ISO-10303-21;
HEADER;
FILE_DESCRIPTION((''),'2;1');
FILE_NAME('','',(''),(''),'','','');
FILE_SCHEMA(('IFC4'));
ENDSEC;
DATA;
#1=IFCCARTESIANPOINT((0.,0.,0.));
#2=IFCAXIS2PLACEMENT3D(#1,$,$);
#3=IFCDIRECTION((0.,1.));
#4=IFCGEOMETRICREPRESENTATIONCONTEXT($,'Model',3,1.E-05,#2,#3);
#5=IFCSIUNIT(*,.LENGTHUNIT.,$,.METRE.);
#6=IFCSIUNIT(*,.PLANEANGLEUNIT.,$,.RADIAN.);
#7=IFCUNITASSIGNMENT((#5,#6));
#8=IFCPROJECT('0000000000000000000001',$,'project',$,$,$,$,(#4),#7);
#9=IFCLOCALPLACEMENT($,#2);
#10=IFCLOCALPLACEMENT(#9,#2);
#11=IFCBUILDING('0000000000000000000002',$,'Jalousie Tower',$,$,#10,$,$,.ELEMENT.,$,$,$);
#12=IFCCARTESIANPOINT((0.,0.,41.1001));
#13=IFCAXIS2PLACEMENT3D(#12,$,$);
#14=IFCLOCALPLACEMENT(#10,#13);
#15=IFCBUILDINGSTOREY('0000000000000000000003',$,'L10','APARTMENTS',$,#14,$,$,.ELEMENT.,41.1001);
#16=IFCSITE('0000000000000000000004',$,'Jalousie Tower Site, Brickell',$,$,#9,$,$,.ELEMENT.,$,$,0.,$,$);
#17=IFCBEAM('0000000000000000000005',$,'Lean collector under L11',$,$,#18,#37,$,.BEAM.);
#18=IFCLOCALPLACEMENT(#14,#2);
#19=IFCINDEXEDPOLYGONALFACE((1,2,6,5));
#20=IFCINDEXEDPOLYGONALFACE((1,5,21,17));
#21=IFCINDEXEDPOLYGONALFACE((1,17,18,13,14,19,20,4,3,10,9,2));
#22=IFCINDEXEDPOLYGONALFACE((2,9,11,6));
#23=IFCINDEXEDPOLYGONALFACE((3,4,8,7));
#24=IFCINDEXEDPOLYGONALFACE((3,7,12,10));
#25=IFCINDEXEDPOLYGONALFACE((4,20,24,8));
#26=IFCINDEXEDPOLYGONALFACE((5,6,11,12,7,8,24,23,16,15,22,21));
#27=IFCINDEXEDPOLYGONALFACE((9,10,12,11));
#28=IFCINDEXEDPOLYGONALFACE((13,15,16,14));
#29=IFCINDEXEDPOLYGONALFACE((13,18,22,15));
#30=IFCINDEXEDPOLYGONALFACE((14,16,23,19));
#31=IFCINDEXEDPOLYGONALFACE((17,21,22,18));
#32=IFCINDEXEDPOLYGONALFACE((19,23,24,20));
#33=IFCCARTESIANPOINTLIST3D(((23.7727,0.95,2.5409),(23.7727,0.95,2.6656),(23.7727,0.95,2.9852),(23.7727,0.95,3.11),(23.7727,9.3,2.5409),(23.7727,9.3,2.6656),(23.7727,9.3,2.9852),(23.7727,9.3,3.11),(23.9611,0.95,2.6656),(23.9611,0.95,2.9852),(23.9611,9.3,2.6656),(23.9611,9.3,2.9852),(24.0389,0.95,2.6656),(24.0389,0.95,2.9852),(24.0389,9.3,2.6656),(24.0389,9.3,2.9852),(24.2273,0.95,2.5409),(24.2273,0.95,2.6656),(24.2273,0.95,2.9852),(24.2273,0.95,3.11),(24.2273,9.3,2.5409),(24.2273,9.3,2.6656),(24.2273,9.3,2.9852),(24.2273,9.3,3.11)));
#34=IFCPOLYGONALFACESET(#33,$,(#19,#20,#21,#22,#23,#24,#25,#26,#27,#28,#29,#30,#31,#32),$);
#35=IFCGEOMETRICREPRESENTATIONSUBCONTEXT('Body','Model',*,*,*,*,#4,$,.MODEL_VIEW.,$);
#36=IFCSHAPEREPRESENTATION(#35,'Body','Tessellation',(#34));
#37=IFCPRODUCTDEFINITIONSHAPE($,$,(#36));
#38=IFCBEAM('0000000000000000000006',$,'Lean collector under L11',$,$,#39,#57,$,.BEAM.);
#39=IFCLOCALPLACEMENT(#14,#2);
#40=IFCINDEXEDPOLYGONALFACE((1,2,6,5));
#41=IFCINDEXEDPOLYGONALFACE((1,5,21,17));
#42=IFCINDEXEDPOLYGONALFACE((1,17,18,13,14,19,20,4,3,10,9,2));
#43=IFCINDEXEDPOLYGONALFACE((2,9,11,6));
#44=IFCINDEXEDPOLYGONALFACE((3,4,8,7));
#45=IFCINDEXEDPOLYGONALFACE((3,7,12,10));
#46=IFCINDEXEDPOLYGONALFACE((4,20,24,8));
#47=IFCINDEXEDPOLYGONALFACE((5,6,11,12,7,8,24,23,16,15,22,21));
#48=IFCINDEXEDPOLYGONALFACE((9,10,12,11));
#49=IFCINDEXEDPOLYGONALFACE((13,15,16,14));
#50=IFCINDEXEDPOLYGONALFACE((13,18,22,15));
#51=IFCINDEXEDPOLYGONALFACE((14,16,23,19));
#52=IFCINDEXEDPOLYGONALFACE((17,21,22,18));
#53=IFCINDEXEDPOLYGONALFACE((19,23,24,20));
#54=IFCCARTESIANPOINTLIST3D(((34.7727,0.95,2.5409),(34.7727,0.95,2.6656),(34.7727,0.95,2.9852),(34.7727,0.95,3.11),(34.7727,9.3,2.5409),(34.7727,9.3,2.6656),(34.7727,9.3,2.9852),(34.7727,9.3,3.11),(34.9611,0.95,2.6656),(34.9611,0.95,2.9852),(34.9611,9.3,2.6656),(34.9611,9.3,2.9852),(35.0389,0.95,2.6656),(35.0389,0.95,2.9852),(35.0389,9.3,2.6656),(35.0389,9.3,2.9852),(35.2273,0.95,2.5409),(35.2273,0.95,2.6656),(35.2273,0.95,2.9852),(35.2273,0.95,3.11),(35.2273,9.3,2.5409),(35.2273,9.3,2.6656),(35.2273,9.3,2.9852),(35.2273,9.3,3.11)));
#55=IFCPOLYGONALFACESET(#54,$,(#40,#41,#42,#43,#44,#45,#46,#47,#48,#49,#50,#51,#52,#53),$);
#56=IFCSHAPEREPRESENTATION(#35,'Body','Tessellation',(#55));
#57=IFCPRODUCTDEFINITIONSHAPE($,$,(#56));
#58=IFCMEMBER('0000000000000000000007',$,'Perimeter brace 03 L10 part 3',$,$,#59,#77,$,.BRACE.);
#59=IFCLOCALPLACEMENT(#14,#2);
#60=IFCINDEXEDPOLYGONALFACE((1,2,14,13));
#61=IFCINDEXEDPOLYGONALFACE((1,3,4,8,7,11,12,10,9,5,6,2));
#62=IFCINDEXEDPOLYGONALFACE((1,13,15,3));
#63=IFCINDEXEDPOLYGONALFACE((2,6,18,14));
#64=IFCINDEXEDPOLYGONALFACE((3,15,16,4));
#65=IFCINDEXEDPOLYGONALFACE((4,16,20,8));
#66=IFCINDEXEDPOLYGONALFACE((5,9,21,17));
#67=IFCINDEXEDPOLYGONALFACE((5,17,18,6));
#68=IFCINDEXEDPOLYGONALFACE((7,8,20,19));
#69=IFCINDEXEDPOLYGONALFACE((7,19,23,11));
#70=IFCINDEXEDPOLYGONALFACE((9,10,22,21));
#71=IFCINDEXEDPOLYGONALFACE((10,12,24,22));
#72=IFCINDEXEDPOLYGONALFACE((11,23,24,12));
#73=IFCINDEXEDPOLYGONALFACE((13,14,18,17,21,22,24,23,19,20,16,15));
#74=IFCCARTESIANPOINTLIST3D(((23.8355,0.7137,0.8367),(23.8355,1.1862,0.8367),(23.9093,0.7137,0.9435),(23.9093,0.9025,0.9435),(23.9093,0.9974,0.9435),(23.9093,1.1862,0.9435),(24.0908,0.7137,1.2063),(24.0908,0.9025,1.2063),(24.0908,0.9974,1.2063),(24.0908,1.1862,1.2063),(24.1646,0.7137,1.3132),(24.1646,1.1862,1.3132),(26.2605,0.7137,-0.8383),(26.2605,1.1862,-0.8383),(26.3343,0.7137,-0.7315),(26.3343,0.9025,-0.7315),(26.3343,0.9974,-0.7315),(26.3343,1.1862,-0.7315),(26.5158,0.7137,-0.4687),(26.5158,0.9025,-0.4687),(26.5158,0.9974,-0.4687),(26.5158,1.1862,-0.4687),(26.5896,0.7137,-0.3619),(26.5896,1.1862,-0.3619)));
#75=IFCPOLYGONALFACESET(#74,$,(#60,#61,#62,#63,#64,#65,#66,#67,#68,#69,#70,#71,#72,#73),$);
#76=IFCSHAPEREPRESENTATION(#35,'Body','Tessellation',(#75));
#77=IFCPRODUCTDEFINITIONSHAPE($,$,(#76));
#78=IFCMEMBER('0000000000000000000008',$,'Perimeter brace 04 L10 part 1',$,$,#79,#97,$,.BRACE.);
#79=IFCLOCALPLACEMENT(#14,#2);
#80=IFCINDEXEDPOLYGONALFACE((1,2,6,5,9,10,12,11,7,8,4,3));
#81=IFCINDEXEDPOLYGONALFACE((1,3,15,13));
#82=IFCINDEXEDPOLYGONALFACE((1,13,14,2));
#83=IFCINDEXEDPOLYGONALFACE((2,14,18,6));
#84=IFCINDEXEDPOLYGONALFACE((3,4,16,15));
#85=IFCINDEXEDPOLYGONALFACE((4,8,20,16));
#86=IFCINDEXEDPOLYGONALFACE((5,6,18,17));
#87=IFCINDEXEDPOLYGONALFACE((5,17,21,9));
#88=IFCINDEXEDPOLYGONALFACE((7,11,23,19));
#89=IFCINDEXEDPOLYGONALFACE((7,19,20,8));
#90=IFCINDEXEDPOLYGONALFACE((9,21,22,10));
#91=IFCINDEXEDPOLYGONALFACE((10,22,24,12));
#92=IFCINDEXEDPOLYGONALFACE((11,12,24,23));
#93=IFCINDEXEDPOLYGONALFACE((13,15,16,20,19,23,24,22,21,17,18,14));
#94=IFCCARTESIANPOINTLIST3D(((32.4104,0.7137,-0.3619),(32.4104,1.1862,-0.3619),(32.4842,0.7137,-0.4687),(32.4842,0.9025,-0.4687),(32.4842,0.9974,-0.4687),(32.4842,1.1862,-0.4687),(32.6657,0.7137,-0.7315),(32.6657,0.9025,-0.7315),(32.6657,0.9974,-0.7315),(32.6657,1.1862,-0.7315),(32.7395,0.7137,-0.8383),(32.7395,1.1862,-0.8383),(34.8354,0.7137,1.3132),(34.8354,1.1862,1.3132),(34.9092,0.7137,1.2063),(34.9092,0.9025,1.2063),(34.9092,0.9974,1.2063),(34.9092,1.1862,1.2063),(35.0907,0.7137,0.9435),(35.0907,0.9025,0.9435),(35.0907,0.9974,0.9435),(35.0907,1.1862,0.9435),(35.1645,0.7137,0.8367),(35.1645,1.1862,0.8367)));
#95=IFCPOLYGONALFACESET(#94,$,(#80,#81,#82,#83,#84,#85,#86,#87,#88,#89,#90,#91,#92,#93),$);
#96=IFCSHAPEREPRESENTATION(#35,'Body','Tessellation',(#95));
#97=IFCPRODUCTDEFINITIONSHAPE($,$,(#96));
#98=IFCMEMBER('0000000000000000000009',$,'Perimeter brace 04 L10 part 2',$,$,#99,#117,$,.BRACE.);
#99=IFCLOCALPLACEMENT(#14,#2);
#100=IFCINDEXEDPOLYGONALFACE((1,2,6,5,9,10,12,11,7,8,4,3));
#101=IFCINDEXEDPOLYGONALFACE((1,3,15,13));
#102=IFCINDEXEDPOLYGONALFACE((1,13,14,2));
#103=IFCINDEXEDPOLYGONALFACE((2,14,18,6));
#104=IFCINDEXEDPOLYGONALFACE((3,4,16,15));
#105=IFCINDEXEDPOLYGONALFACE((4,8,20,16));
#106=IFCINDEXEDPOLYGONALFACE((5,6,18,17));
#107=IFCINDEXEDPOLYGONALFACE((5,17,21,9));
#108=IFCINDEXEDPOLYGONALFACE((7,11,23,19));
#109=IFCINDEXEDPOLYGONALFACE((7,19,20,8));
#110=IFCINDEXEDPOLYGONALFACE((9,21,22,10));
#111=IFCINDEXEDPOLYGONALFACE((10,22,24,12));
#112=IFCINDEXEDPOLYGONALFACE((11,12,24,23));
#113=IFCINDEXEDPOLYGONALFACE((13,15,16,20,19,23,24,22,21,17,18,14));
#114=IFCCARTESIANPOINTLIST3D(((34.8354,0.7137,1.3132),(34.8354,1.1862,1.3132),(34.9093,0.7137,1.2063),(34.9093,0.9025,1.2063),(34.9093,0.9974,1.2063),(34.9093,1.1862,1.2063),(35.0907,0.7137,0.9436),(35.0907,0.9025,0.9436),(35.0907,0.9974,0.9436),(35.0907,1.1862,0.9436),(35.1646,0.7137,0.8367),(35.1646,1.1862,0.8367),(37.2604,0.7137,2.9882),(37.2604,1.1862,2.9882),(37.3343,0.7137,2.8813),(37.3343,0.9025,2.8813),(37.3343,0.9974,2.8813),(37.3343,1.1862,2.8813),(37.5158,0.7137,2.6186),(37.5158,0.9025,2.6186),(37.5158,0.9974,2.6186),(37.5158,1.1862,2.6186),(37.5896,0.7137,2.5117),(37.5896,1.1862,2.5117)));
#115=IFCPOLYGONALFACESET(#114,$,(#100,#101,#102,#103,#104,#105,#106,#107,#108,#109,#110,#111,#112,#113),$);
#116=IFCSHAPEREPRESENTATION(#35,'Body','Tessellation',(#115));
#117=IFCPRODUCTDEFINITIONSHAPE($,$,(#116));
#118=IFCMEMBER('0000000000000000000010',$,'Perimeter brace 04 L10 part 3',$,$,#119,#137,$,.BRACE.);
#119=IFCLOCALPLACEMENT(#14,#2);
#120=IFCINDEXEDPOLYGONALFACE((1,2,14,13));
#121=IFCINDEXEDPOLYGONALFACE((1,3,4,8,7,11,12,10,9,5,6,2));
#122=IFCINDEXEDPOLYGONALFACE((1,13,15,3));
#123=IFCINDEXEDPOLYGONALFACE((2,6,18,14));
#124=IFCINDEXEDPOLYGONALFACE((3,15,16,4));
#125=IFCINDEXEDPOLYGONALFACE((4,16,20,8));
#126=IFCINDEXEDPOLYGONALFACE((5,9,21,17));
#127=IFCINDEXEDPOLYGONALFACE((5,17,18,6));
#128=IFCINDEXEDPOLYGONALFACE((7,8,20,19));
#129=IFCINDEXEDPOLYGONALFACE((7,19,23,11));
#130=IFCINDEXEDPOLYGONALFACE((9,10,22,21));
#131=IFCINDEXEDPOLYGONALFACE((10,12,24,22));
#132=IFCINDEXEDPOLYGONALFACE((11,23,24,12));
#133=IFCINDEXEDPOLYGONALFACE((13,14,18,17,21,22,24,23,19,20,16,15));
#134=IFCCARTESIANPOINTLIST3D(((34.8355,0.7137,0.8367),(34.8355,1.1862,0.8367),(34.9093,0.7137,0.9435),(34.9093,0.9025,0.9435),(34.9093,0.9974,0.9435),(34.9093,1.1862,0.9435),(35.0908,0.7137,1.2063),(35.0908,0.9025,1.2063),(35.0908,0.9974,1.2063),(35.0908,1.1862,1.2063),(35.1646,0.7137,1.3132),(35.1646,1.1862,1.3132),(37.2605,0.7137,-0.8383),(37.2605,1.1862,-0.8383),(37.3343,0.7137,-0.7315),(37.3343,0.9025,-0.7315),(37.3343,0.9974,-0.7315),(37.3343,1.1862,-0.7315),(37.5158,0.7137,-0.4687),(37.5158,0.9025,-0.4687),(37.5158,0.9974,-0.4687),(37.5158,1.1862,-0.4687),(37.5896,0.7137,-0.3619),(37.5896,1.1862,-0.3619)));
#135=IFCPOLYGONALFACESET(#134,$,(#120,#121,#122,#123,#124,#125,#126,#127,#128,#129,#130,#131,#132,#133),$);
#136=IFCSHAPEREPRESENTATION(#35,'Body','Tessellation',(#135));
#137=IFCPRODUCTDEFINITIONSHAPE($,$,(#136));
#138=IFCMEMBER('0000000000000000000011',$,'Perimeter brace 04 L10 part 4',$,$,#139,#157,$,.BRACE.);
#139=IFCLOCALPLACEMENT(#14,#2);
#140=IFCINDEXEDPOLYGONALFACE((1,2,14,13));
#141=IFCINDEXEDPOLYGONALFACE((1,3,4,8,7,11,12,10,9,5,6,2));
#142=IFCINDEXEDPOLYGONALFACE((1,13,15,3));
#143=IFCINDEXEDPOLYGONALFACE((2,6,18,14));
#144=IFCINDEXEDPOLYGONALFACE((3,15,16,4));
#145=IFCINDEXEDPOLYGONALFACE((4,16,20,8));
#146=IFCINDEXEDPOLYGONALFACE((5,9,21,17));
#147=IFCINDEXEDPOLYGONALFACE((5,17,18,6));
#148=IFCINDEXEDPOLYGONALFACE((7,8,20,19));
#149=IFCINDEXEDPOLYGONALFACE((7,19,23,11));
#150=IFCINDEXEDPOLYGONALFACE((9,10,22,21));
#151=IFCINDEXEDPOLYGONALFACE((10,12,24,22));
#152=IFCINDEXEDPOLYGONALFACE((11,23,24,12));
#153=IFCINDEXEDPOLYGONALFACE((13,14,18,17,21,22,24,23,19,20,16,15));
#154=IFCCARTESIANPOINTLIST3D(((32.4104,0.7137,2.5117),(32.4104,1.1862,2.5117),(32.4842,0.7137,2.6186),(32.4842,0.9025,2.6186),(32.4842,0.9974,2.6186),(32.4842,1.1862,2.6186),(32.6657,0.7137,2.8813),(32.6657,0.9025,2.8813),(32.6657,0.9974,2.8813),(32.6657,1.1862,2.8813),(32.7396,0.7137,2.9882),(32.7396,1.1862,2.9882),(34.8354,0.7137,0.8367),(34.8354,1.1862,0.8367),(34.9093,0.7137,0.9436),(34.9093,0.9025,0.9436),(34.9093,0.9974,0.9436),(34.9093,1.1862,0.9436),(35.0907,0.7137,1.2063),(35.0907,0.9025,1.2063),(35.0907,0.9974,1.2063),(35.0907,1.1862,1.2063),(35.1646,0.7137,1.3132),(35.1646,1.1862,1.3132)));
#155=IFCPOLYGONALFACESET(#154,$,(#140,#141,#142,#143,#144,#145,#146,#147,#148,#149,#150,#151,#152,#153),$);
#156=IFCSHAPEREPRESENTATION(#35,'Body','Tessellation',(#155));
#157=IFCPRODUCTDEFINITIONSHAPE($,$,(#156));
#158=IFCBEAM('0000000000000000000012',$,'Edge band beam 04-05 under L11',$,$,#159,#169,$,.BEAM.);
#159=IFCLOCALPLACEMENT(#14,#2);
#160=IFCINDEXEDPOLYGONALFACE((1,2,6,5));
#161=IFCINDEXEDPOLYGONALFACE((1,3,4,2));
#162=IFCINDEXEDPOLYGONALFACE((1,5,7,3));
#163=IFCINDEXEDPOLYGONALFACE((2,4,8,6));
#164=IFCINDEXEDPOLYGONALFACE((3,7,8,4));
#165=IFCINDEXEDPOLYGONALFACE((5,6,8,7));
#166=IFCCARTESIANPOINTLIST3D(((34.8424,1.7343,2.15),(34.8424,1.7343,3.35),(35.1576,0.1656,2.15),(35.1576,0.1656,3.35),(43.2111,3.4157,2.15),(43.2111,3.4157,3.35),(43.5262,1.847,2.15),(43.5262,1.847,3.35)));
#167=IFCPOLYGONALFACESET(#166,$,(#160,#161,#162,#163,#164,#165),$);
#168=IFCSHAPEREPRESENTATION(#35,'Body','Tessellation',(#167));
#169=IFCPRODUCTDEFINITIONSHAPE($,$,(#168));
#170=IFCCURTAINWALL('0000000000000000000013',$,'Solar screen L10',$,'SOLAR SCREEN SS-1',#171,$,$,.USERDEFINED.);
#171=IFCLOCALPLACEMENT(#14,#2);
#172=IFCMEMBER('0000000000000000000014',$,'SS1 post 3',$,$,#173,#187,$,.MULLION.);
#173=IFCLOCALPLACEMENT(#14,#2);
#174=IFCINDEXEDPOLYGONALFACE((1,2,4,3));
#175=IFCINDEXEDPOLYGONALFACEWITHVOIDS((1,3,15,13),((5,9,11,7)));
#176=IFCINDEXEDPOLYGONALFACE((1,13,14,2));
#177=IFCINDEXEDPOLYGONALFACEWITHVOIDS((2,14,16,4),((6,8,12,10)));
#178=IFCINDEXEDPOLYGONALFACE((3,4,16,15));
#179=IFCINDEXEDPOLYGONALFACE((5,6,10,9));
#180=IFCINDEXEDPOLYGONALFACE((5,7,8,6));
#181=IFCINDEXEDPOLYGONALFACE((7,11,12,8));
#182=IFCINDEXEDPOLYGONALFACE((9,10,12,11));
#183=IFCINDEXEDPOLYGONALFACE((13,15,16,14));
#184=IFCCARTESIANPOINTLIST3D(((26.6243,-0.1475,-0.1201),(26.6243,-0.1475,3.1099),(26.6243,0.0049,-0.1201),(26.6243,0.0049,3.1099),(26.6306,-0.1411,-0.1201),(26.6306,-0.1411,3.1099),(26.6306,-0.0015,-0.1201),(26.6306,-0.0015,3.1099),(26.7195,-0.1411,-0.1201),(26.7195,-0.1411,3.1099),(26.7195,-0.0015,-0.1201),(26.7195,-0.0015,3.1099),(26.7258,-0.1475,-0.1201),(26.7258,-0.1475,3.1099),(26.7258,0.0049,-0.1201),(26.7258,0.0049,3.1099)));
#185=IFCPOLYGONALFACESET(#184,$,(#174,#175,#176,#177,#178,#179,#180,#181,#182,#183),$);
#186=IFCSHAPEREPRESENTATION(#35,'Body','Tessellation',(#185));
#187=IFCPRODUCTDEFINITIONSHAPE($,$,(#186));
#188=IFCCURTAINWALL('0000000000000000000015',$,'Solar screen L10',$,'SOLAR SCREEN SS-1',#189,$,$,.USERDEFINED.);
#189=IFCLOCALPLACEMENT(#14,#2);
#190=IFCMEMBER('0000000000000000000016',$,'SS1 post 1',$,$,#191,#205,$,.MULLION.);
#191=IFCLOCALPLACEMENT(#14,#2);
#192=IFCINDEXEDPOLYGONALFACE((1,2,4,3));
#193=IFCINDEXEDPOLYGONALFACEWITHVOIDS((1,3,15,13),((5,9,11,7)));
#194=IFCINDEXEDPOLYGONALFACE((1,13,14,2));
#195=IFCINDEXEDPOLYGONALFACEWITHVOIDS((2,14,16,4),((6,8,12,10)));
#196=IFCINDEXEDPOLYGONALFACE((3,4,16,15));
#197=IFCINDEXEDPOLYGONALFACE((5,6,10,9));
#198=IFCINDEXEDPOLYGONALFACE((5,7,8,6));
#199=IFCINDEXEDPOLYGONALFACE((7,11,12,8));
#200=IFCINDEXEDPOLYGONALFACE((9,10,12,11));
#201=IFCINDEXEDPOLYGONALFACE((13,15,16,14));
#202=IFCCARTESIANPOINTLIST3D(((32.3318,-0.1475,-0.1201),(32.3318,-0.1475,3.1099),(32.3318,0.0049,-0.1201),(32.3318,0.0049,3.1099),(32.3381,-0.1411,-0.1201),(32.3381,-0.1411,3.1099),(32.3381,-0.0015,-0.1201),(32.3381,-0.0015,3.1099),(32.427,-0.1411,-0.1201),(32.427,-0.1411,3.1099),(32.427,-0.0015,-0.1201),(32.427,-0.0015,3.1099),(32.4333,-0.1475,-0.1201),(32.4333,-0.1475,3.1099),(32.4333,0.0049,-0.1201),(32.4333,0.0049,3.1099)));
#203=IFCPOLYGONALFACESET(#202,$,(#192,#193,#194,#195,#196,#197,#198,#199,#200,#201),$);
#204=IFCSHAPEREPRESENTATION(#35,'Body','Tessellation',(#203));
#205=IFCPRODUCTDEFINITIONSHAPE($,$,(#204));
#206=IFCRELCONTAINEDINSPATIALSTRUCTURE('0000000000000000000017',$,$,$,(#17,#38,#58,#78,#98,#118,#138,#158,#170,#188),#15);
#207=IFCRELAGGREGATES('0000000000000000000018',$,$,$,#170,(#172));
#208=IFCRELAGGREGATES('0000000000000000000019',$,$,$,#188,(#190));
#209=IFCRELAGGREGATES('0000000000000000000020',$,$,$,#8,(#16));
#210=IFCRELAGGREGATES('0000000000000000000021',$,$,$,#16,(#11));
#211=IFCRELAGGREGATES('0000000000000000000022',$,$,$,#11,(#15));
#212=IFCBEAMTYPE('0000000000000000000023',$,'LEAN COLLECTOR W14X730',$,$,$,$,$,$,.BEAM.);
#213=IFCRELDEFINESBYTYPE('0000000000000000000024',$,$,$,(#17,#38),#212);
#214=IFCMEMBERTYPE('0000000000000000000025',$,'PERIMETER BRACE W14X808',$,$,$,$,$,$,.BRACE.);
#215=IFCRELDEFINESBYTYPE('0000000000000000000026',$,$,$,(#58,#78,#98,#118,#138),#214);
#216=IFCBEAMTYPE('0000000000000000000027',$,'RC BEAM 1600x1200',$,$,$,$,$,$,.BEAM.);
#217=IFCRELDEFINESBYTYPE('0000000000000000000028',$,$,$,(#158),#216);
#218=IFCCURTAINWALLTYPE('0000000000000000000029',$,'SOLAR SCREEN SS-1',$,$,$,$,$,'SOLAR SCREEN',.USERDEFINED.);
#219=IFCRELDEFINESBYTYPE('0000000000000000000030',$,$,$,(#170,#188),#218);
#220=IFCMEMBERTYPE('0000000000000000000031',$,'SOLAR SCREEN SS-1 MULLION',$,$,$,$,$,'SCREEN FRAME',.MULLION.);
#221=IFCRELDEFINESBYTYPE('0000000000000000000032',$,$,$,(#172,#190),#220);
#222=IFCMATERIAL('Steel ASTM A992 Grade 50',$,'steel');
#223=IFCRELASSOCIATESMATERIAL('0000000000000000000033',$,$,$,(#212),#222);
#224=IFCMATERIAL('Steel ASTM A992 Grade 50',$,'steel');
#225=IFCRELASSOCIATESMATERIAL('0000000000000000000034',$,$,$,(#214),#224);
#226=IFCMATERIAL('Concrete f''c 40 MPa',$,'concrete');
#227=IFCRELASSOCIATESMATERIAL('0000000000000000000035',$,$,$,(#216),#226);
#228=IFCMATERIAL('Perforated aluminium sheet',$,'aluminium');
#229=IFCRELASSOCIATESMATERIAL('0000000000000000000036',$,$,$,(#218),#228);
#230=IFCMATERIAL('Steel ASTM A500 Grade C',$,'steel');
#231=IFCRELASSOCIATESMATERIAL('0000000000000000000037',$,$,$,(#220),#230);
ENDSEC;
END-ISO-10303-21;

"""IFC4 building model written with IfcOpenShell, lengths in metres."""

from ifc_helpers import new_model, si_unit, direction, frame, origin, origin_2d, place, context, subcontext, project, spatial, rectangle, hollow_rectangle, i_section, extrude, material, material_profile, profile_set, type_object, element, aggregate, save


model = new_model("IFC4")

# Units and contexts
model_context = context("Model", 3, precision=1e-05, world=origin(), true_north=direction((0.0, 1.0)))
body_context = subcontext(model_context, "Body", "Model", "MODEL_VIEW")
ifc_project = project(units=[si_unit("LENGTHUNIT", "METRE"), si_unit("PLANEANGLEUNIT", "RADIAN")], contexts=[model_context])

# Site, building, storey
site_placement = place(None, origin())
site = spatial("IfcSite", under=ifc_project, at=site_placement, Name="Jalousie Tower Site, Brickell", CompositionType="ELEMENT", RefElevation=0.0)
building_placement = place(site_placement, origin())
building = spatial("IfcBuilding", under=site, at=building_placement, Name="Jalousie Tower", CompositionType="ELEMENT")
storey_placement = place(building_placement, frame((0.0, 0.0, 41.1001)))
storey = spatial("IfcBuildingStorey", under=building, at=storey_placement, Name="L10", Description="APARTMENTS", CompositionType="ELEMENT", Elevation=41.1001)

# Beams
ifc_material_1 = material(Name="Steel ASTM A992 Grade 50", Category="steel")
ifc_material_profile_1 = material_profile(ifc_material_1, i_section(OverallWidth=0.4546, OverallDepth=0.5691, WebThickness=0.0779, FlangeThickness=0.1248, at=origin_2d()), Name="W14X730")
ifc_profile_set_1 = profile_set([ifc_material_profile_1], Name="Steel ASTM A992 Grade 50")
beam_type_1 = type_object("IfcBeamType", Name="LEAN COLLECTOR W14X730", PredefinedType="BEAM", material=ifc_profile_set_1)
for number, where, z_axis, x_axis, name in (
    (1, (24.0, 0.95, 2.8254), (0.0, 1.0, 0.0), (-1.0, 0.0, 0.0), "Lean collector under L11"),
    (2, (35.0, 0.95, 2.8254), (0.0, 1.0, 0.0), (-1.0, 0.0, 0.0), "Lean collector under L11"),
):
    element("IfcBeam", number, at=place(storey_placement, frame(where, z_axis=z_axis, x_axis=x_axis)), inside=storey, type_object=beam_type_1, Name=name, PredefinedType="BEAM", context=body_context, shape_type="SweptSolid", body=[
        extrude(i_section(OverallWidth=0.4546, OverallDepth=0.5691, WebThickness=0.0779, FlangeThickness=0.1248, at=origin_2d()), origin(), (0.0, 0.0, 1.0), 8.3501),
    ])

# Members
ifc_material_2 = material(Name="Steel ASTM A992 Grade 50", Category="steel")
ifc_material_profile_2 = material_profile(ifc_material_2, i_section(OverallWidth=0.4724, OverallDepth=0.5791, WebThickness=0.095, FlangeThickness=0.1299, at=origin_2d()), Name="W14X808")
ifc_profile_set_2 = profile_set([ifc_material_profile_2], Name="Steel ASTM A992 Grade 50")
member_type_1 = type_object("IfcMemberType", Name="PERIMETER BRACE W14X808", PredefinedType="BRACE", material=ifc_profile_set_2)
for number, where, z_axis, x_axis, name in (
    (3, (26.425, 0.95, -0.6001), (-0.8228, 0.0, 0.568331), (0.0, -1.0, 0.0), "Perimeter brace 03 L10 part 3"),
    (4, (32.575, 0.95, -0.6001), (0.8228, 0.0, 0.568331), (0.0, 1.0, 0.0), "Perimeter brace 04 L10 part 1"),
    (5, (35.0, 0.95, 1.075), (0.8228, 0.0, 0.568331), (0.0, 1.0, 0.0), "Perimeter brace 04 L10 part 2"),
    (6, (37.425, 0.95, -0.6001), (-0.8228, 0.0, 0.568331), (0.0, -1.0, 0.0), "Perimeter brace 04 L10 part 3"),
    (7, (35.0, 0.95, 1.075), (-0.8228, 0.0, 0.568331), (0.0, -1.0, 0.0), "Perimeter brace 04 L10 part 4"),
):
    element("IfcMember", number, at=place(storey_placement, frame(where, z_axis=z_axis, x_axis=x_axis)), inside=storey, type_object=member_type_1, Name=name, PredefinedType="BRACE", context=body_context, shape_type="SweptSolid", body=[
        extrude(i_section(OverallWidth=0.4724, OverallDepth=0.5791, WebThickness=0.095, FlangeThickness=0.1299, at=origin_2d()), origin(), (0.0, 0.0, 1.0), 2.9473),
    ])

# Beam
ifc_material_3 = material(Name="Concrete f'c 40 MPa", Category="concrete")
ifc_material_profile_3 = material_profile(ifc_material_3, rectangle(XDim=1.6001, YDim=1.2, at=origin_2d()), Name="RC 1600x1200")
ifc_profile_set_3 = profile_set([ifc_material_profile_3], Name="Concrete f'c 40 MPa")
beam_type_2 = type_object("IfcBeamType", Name="RC BEAM 1600x1200", PredefinedType="BEAM", material=ifc_profile_set_3)
beam_placement = place(storey_placement, frame((35.0, 0.95, 2.75), z_axis=(0.980408, 0.19698, 0.0), x_axis=(-0.19698, 0.980408, 0.0)))
element("IfcBeam", 8, at=beam_placement, inside=storey, type_object=beam_type_2, Name="Edge band beam 04-05 under L11", PredefinedType="BEAM", context=body_context, shape_type="SweptSolid", body=[
    extrude(rectangle(XDim=1.6001, YDim=1.2, at=origin_2d()), origin(), (0.0, 0.0, 1.0), 8.5359),
])

# Curtain wall, member
ifc_material_4 = material(Name="Perforated aluminium sheet", Category="aluminium")
curtain_wall_type = type_object("IfcCurtainWallType", Name="SOLAR SCREEN SS-1", ElementType="SOLAR SCREEN", PredefinedType="USERDEFINED", material=ifc_material_4)
curtain_wall_1_placement = place(storey_placement, origin())
curtain_wall_1 = element("IfcCurtainWall", 9, at=curtain_wall_1_placement, inside=storey, type_object=curtain_wall_type, Name="Solar screen L10", ObjectType="SOLAR SCREEN SS-1", PredefinedType="USERDEFINED")
ifc_material_5 = material(Name="Steel ASTM A500 Grade C", Category="steel")
ifc_material_profile_4 = material_profile(ifc_material_5, hollow_rectangle(XDim=0.1016, YDim=0.1523, WallThickness=0.0063, at=origin_2d()), Name="HSS6X4X1/4")
ifc_profile_set_4 = profile_set([ifc_material_profile_4], Name="Steel ASTM A500 Grade C")
member_type_2 = type_object("IfcMemberType", Name="SOLAR SCREEN SS-1 MULLION", ElementType="SCREEN FRAME", PredefinedType="MULLION", material=ifc_profile_set_4)
member_1_placement = place(storey_placement, frame((26.675, -0.0713, -0.1201), z_axis=(0.0, 0.0, 1.0), x_axis=(1.0, 0.0, 0.0)))
member_1 = element("IfcMember", 10, at=member_1_placement, type_object=member_type_2, Name="SS1 post 3", PredefinedType="MULLION", context=body_context, shape_type="SweptSolid", body=[
    extrude(hollow_rectangle(XDim=0.1016, YDim=0.1523, WallThickness=0.0063, at=origin_2d()), origin(), (0.0, 0.0, 1.0), 3.23),
])

# Curtain wall, member
curtain_wall_2_placement = place(storey_placement, origin())
curtain_wall_2 = element("IfcCurtainWall", 11, at=curtain_wall_2_placement, inside=storey, type_object=curtain_wall_type, Name="Solar screen L10", ObjectType="SOLAR SCREEN SS-1", PredefinedType="USERDEFINED")
member_2_placement = place(storey_placement, frame((32.3826, -0.0713, -0.1201), z_axis=(0.0, 0.0, 1.0), x_axis=(1.0, 0.0, 0.0)))
member_2 = element("IfcMember", 12, at=member_2_placement, type_object=member_type_2, Name="SS1 post 1", PredefinedType="MULLION", context=body_context, shape_type="SweptSolid", body=[
    extrude(hollow_rectangle(XDim=0.1016, YDim=0.1523, WallThickness=0.0063, at=origin_2d()), origin(), (0.0, 0.0, 1.0), 3.23),
])

aggregate(curtain_wall_1, [member_1])
aggregate(curtain_wall_2, [member_2])

save(model, "model.ifc")
